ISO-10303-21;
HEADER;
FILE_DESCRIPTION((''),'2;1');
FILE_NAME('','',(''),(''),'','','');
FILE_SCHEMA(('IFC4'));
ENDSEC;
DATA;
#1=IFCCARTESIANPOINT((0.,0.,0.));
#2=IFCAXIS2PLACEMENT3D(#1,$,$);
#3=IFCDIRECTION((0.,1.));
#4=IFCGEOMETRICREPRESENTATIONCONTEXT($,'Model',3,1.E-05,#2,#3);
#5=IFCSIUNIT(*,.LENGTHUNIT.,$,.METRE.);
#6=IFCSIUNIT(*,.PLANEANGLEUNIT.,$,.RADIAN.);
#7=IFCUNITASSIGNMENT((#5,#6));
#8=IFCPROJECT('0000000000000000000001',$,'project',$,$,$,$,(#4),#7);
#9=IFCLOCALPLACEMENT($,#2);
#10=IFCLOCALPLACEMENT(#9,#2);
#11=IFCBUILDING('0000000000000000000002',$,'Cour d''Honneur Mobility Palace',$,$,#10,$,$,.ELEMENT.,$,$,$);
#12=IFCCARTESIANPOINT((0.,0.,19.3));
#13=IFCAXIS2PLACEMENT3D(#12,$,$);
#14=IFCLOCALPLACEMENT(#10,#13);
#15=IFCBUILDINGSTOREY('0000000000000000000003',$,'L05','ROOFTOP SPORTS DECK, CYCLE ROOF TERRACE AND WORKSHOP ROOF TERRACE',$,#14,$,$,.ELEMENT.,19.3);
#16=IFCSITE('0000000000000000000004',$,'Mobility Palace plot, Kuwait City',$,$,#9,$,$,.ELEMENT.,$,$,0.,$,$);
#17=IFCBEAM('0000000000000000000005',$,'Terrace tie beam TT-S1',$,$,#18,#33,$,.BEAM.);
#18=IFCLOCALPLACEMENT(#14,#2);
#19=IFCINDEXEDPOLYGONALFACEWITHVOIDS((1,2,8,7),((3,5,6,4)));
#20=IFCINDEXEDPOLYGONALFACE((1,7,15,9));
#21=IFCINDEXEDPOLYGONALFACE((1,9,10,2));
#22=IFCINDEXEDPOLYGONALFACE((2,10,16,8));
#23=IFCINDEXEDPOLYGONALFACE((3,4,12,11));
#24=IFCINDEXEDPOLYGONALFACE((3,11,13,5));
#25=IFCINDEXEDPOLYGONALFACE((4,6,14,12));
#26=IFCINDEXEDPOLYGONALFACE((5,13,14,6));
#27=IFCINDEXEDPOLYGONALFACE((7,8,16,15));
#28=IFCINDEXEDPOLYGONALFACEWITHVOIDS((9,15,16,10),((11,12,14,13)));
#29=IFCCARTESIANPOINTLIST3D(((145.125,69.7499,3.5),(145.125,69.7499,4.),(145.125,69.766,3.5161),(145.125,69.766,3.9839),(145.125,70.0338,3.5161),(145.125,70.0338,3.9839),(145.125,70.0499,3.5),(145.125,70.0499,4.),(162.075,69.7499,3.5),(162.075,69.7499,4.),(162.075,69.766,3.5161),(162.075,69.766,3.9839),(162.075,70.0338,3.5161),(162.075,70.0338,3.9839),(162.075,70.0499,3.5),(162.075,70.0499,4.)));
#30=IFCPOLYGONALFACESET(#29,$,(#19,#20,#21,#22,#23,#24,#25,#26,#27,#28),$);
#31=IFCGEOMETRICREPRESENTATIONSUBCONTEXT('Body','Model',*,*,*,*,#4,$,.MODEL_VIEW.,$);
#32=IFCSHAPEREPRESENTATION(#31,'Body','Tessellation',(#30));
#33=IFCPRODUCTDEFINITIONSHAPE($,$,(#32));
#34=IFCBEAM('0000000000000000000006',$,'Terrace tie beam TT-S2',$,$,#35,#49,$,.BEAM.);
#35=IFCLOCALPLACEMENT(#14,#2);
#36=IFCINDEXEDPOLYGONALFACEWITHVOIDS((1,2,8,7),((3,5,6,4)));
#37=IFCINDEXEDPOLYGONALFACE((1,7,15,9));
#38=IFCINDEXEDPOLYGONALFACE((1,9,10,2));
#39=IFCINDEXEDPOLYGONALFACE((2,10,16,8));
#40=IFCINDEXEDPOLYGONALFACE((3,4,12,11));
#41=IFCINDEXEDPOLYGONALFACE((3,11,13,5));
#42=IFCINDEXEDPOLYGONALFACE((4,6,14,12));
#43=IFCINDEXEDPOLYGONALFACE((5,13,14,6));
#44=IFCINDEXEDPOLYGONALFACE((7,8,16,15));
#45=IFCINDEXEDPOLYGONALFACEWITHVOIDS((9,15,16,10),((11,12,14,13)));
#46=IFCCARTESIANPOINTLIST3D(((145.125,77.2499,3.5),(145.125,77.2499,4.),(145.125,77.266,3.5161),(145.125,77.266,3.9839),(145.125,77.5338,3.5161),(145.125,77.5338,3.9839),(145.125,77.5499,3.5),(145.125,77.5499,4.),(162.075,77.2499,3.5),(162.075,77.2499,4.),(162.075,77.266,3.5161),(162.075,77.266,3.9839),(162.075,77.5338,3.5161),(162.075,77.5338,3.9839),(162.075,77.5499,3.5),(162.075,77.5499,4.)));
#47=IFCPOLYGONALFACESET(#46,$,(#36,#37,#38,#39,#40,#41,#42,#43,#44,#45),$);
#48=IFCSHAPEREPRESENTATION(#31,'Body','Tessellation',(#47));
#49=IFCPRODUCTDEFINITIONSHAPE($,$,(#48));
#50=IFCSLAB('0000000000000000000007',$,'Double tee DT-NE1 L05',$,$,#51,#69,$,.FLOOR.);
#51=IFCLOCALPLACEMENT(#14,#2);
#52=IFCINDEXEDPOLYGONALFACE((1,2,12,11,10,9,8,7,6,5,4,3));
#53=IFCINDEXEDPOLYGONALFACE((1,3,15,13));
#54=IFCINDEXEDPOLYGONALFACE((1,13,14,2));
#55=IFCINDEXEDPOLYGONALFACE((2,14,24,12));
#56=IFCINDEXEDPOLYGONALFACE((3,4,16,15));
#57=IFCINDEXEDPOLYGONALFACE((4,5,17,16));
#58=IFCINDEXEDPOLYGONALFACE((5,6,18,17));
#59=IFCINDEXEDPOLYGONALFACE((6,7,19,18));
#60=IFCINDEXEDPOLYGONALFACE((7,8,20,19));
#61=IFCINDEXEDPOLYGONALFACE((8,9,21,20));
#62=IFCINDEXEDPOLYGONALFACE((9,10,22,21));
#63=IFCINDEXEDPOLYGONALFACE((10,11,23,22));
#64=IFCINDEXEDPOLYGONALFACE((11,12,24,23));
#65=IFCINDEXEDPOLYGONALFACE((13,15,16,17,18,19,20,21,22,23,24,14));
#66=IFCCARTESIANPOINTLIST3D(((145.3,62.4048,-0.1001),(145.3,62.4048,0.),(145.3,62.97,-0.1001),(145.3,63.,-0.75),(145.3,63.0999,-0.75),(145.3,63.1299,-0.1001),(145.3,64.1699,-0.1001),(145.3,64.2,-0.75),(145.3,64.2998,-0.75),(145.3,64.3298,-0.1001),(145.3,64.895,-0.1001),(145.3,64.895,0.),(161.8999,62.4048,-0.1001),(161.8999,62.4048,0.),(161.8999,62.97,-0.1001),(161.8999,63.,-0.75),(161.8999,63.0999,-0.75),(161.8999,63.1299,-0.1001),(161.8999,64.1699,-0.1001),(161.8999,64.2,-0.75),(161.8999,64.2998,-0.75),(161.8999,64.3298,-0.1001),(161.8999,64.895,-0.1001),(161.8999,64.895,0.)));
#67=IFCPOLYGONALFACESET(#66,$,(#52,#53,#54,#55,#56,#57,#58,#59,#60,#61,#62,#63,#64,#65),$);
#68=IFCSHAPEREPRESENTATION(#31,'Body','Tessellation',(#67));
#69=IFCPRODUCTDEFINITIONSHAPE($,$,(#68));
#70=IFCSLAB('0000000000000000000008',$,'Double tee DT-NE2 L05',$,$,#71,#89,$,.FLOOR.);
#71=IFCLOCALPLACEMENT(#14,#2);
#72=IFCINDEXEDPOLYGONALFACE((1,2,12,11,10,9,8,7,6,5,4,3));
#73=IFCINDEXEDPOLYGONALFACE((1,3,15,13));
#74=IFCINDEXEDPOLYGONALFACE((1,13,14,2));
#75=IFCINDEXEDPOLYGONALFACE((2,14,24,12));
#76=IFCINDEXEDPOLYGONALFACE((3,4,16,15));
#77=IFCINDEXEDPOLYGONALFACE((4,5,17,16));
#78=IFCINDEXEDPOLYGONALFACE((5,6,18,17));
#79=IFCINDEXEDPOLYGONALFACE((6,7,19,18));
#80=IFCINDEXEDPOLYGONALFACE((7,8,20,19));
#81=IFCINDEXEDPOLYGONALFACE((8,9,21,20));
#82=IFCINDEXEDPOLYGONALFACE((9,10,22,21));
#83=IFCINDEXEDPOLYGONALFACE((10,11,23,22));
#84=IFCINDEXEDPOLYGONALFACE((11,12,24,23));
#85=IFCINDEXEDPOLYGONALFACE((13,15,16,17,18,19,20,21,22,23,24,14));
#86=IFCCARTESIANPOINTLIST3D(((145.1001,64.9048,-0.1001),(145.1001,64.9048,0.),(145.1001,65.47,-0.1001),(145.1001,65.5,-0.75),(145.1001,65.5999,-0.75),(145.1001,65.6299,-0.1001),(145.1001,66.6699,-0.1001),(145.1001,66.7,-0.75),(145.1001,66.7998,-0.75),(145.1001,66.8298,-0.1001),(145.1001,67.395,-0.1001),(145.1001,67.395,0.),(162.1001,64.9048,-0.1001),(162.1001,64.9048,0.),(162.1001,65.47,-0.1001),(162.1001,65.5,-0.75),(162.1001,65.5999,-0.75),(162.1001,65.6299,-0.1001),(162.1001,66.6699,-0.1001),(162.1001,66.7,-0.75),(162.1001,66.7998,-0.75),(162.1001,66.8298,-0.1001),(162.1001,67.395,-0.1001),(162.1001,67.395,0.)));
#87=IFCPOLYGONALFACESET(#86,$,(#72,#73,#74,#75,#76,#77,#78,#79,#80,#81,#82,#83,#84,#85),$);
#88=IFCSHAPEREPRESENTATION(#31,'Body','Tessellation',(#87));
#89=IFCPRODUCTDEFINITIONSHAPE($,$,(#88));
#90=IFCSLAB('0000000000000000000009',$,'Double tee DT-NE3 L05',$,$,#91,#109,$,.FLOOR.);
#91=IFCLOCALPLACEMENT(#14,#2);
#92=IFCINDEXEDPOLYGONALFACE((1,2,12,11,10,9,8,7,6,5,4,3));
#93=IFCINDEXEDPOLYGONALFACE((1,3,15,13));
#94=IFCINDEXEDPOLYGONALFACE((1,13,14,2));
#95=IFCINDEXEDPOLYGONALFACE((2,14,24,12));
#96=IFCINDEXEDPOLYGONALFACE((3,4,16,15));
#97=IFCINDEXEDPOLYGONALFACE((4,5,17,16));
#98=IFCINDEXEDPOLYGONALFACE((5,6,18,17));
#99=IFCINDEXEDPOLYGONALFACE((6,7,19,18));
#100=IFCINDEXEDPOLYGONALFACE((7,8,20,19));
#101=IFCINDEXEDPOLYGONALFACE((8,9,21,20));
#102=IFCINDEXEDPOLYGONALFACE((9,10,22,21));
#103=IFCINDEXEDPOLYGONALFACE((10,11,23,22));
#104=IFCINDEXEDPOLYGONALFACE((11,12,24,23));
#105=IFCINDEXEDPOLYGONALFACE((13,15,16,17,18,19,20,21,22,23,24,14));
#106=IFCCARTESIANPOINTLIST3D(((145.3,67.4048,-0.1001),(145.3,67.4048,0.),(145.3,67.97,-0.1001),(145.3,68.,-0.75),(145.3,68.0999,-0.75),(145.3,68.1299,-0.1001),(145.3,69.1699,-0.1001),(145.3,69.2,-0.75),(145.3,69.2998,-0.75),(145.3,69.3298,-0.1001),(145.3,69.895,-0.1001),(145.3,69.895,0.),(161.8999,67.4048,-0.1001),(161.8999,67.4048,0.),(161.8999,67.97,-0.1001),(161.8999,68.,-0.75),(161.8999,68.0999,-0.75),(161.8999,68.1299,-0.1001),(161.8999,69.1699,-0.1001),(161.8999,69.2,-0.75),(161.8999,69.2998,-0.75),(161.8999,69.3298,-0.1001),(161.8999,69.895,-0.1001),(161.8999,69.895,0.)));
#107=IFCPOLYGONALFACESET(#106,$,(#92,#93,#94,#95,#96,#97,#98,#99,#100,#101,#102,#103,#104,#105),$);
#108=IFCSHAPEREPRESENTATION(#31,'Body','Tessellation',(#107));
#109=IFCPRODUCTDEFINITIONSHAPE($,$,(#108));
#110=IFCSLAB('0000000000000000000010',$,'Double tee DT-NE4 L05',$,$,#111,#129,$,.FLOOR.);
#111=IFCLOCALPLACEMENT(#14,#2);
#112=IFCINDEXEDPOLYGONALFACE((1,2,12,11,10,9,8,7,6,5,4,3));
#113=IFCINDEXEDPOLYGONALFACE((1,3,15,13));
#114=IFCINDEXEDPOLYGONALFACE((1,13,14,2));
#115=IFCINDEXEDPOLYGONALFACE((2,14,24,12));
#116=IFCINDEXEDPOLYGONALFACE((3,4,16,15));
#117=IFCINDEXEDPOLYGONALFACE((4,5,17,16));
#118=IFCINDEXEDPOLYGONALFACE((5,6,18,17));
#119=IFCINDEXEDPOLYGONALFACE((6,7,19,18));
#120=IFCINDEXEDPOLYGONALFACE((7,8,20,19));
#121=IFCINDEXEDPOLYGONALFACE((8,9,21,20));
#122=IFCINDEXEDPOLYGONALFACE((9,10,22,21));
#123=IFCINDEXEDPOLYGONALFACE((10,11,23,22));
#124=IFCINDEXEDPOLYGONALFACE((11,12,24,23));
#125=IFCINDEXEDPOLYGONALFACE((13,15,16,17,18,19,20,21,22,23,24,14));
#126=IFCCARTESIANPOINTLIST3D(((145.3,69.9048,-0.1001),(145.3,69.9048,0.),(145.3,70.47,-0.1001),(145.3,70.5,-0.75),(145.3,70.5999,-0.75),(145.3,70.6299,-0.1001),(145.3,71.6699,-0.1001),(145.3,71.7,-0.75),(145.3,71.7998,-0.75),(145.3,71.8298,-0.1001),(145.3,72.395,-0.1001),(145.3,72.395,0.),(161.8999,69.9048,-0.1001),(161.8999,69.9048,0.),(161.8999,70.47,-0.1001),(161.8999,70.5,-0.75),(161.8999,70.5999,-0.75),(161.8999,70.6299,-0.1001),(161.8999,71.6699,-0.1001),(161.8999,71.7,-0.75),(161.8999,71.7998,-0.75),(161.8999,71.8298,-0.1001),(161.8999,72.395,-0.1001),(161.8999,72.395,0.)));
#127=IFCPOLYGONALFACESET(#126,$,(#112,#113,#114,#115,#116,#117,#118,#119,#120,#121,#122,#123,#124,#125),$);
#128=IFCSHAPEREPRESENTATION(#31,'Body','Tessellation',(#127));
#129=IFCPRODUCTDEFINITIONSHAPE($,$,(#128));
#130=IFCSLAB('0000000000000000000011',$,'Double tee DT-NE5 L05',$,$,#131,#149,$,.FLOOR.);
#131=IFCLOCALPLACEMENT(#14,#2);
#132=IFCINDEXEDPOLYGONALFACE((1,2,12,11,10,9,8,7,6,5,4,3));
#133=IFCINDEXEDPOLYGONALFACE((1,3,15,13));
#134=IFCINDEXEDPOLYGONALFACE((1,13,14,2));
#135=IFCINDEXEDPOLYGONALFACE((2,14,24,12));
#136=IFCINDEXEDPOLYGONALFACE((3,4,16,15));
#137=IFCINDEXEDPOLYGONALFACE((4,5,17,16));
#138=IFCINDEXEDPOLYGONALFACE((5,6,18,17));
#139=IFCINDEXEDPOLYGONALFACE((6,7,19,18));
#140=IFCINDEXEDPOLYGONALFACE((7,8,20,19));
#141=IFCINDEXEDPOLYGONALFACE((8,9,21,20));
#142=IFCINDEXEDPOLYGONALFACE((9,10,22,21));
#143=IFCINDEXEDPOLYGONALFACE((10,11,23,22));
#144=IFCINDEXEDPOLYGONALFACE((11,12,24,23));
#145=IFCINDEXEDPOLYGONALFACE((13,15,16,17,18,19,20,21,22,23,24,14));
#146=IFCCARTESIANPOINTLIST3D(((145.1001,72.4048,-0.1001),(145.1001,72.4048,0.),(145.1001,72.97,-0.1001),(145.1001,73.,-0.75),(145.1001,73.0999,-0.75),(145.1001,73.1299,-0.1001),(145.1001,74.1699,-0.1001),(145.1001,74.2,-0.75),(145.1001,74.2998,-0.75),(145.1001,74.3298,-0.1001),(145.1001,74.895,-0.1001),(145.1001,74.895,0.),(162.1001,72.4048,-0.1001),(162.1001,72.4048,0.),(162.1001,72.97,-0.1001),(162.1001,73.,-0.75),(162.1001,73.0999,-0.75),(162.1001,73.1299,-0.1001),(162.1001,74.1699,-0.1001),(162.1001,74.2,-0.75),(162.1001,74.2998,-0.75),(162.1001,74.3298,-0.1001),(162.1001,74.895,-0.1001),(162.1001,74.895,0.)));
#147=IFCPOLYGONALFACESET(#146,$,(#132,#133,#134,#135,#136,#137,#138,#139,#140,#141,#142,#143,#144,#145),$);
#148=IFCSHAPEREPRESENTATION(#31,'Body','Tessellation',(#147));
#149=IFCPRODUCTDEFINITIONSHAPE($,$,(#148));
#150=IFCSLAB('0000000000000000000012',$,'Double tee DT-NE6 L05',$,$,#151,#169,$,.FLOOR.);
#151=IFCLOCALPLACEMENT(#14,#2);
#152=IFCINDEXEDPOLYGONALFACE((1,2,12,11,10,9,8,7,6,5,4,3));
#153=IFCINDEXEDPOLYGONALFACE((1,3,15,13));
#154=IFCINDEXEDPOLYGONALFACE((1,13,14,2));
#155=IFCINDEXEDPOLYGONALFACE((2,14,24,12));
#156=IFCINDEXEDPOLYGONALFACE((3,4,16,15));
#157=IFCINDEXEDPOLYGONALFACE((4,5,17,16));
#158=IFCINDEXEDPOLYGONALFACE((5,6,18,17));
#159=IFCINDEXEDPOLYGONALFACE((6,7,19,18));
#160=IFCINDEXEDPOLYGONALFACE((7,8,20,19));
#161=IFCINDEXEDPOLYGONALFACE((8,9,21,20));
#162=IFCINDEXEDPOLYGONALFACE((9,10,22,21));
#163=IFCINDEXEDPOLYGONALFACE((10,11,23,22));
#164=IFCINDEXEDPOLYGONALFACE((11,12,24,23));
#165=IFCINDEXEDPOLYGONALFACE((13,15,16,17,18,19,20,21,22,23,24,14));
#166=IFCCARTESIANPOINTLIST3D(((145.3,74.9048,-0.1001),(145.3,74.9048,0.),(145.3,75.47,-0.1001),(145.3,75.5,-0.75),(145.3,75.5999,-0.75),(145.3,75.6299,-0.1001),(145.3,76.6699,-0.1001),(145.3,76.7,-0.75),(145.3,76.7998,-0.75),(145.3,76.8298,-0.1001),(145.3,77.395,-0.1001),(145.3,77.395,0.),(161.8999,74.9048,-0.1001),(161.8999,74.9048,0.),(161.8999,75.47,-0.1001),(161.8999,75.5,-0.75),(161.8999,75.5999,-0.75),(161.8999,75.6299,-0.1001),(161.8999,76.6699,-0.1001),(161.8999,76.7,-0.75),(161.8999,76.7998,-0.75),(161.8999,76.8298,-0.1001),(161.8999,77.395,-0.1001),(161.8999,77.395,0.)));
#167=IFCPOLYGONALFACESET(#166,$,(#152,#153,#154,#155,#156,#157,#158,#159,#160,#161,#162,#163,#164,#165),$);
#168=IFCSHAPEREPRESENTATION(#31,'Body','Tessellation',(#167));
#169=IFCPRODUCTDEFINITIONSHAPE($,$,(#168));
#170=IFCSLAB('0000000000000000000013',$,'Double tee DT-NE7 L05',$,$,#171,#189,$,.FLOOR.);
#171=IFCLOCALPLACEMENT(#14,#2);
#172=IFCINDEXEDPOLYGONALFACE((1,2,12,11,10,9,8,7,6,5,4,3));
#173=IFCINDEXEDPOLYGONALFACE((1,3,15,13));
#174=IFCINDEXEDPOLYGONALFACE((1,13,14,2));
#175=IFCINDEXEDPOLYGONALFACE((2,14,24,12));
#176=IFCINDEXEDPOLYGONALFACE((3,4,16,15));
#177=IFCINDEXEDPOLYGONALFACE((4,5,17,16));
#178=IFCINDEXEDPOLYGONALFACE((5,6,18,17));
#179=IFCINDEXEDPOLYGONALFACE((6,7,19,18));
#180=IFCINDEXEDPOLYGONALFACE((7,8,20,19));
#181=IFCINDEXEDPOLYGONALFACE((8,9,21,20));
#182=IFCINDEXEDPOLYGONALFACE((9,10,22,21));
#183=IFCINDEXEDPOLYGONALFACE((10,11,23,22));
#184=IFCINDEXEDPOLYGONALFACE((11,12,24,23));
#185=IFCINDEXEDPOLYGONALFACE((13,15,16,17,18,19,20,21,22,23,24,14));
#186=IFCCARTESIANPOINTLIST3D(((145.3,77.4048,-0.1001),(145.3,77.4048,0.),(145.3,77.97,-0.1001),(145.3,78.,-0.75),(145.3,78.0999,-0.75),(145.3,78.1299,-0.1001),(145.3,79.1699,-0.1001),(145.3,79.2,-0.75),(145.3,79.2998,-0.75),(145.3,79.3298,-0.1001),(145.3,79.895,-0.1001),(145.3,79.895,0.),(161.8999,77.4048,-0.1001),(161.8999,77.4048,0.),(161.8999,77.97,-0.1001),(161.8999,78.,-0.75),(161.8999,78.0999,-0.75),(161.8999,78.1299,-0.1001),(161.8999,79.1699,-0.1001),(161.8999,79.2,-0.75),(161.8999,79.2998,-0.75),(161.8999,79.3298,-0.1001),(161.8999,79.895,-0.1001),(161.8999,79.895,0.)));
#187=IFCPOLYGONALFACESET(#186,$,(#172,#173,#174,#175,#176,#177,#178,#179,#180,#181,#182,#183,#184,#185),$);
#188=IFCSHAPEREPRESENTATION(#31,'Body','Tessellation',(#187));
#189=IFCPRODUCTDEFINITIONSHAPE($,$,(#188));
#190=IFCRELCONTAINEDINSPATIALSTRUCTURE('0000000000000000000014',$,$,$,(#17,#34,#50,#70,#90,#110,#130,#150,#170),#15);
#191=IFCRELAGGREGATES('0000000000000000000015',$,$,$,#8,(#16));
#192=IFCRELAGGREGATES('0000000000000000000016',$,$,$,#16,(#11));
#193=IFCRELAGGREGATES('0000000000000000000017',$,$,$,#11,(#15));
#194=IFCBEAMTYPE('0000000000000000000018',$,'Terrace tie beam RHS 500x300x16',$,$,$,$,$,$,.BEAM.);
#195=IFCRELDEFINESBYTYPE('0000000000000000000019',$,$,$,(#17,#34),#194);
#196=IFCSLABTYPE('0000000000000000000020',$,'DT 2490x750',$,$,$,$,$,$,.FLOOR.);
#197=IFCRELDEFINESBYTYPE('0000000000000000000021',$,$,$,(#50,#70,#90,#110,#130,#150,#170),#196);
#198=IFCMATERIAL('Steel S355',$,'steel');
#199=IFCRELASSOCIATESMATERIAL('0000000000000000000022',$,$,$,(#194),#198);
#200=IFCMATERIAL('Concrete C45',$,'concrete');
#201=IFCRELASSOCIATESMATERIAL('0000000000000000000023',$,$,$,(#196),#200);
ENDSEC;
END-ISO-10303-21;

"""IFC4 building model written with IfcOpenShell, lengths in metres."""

from ifc_helpers import new_model, si_unit, direction, frame, origin, origin_2d, place, context, subcontext, project, spatial, polyline, hollow_rectangle, outline, extrude, material, material_profile, profile_set, type_object, element, save


model = new_model("IFC4")

# Units and contexts
model_context = context("Model", 3, precision=1e-05, world=origin(), true_north=direction((0.0, 1.0)))
body_context = subcontext(model_context, "Body", "Model", "MODEL_VIEW")
ifc_project = project(units=[si_unit("LENGTHUNIT", "METRE"), si_unit("PLANEANGLEUNIT", "RADIAN")], contexts=[model_context])

# Site, building, storey
site_placement = place(None, origin())
site = spatial("IfcSite", under=ifc_project, at=site_placement, Name="Mobility Palace plot, Kuwait City", CompositionType="ELEMENT", RefElevation=0.0)
building_placement = place(site_placement, origin())
building = spatial("IfcBuilding", under=site, at=building_placement, Name="Cour d'Honneur Mobility Palace", CompositionType="ELEMENT")
storey_placement = place(building_placement, frame((0.0, 0.0, 19.3)))
storey = spatial("IfcBuildingStorey", under=building, at=storey_placement, Name="L05", Description="ROOFTOP SPORTS DECK, CYCLE ROOF TERRACE AND WORKSHOP ROOF TERRACE", CompositionType="ELEMENT", Elevation=19.3)

# Beams
ifc_material_1 = material(Name="Steel S355", Category="steel")
ifc_material_profile_1 = material_profile(ifc_material_1, hollow_rectangle(XDim=0.3, YDim=0.5, WallThickness=0.0161, at=origin_2d()), Name="RHS 500x300x16")
ifc_profile_set_1 = profile_set([ifc_material_profile_1], Name="Steel S355")
beam_type_1 = type_object("IfcBeamType", Name="Terrace tie beam RHS 500x300x16", PredefinedType="BEAM", material=ifc_profile_set_1)
for number, where, z_axis, x_axis, name in (
    (1, (145.125, 69.8999, 3.75), (1.0, 0.0, 0.0), (0.0, 1.0, 0.0), "Terrace tie beam TT-S1"),
    (2, (145.125, 77.3999, 3.75), (1.0, 0.0, 0.0), (0.0, 1.0, 0.0), "Terrace tie beam TT-S2"),
):
    element("IfcBeam", number, at=place(storey_placement, frame(where, z_axis=z_axis, x_axis=x_axis)), inside=storey, type_object=beam_type_1, Name=name, PredefinedType="BEAM", context=body_context, shape_type="SweptSolid", body=[
        extrude(hollow_rectangle(XDim=0.3, YDim=0.5, WallThickness=0.0161, at=origin_2d()), origin(), (0.0, 0.0, 1.0), 16.95),
    ])

# Slabs
ifc_material_2 = material(Name="Concrete C45", Category="concrete")
ifc_material_profile_2 = material_profile(ifc_material_2, outline(polyline([(-1.2451, 0.0), (1.2451, 0.0), (1.2451, -0.1001), (0.6799, -0.1001), (0.6499, -0.75), (0.55, -0.75), (0.52, -0.1001), (-0.52, -0.1001), (-0.55, -0.75), (-0.6499, -0.75), (-0.6799, -0.1001), (-1.2451, -0.1001), (-1.2451, 0.0)])), Name="DT 2490x750")
ifc_profile_set_2 = profile_set([ifc_material_profile_2], Name="Concrete C45")
slab_type = type_object("IfcSlabType", Name="DT 2490x750", PredefinedType="FLOOR", material=ifc_profile_set_2)
slab_1_placement = place(storey_placement, frame((145.3, 63.6499, 0.0), z_axis=(1.0, 0.0, 0.0), x_axis=(0.0, 1.0, 0.0)))
element("IfcSlab", 3, at=slab_1_placement, inside=storey, type_object=slab_type, Name="Double tee DT-NE1 L05", PredefinedType="FLOOR", context=body_context, shape_type="SweptSolid", body=[
    extrude(outline(polyline([(-1.2451, 0.0), (1.2451, 0.0), (1.2451, -0.1001), (0.6799, -0.1001), (0.6499, -0.75), (0.55, -0.75), (0.52, -0.1001), (-0.52, -0.1001), (-0.55, -0.75), (-0.6499, -0.75), (-0.6799, -0.1001), (-1.2451, -0.1001), (-1.2451, 0.0)])), origin(), (0.0, 0.0, 1.0), 16.5999),
])
slab_2_placement = place(storey_placement, frame((145.1001, 66.1499, 0.0), z_axis=(1.0, 0.0, 0.0), x_axis=(0.0, 1.0, 0.0)))
element("IfcSlab", 4, at=slab_2_placement, inside=storey, type_object=slab_type, Name="Double tee DT-NE2 L05", PredefinedType="FLOOR", context=body_context, shape_type="SweptSolid", body=[
    extrude(outline(polyline([(-1.2451, 0.0), (1.2451, 0.0), (1.2451, -0.1001), (0.6799, -0.1001), (0.6499, -0.75), (0.55, -0.75), (0.52, -0.1001), (-0.52, -0.1001), (-0.55, -0.75), (-0.6499, -0.75), (-0.6799, -0.1001), (-1.2451, -0.1001), (-1.2451, 0.0)])), origin(), (0.0, 0.0, 1.0), 17.0),
])
for number, where, z_axis, x_axis, name in (
    (5, (145.3, 68.6499, 0.0), (1.0, 0.0, 0.0), (0.0, 1.0, 0.0), "Double tee DT-NE3 L05"),
    (6, (145.3, 71.1499, 0.0), (1.0, 0.0, 0.0), (0.0, 1.0, 0.0), "Double tee DT-NE4 L05"),
):
    element("IfcSlab", number, at=place(storey_placement, frame(where, z_axis=z_axis, x_axis=x_axis)), inside=storey, type_object=slab_type, Name=name, PredefinedType="FLOOR", context=body_context, shape_type="SweptSolid", body=[
        extrude(outline(polyline([(-1.2451, 0.0), (1.2451, 0.0), (1.2451, -0.1001), (0.6799, -0.1001), (0.6499, -0.75), (0.55, -0.75), (0.52, -0.1001), (-0.52, -0.1001), (-0.55, -0.75), (-0.6499, -0.75), (-0.6799, -0.1001), (-1.2451, -0.1001), (-1.2451, 0.0)])), origin(), (0.0, 0.0, 1.0), 16.5999),
    ])
slab_3_placement = place(storey_placement, frame((145.1001, 73.6499, 0.0), z_axis=(1.0, 0.0, 0.0), x_axis=(0.0, 1.0, 0.0)))
element("IfcSlab", 7, at=slab_3_placement, inside=storey, type_object=slab_type, Name="Double tee DT-NE5 L05", PredefinedType="FLOOR", context=body_context, shape_type="SweptSolid", body=[
    extrude(outline(polyline([(-1.2451, 0.0), (1.2451, 0.0), (1.2451, -0.1001), (0.6799, -0.1001), (0.6499, -0.75), (0.55, -0.75), (0.52, -0.1001), (-0.52, -0.1001), (-0.55, -0.75), (-0.6499, -0.75), (-0.6799, -0.1001), (-1.2451, -0.1001), (-1.2451, 0.0)])), origin(), (0.0, 0.0, 1.0), 17.0),
])
for number, where, z_axis, x_axis, name in (
    (8, (145.3, 76.1499, 0.0), (1.0, 0.0, 0.0), (0.0, 1.0, 0.0), "Double tee DT-NE6 L05"),
    (9, (145.3, 78.6499, 0.0), (1.0, 0.0, 0.0), (0.0, 1.0, 0.0), "Double tee DT-NE7 L05"),
):
    element("IfcSlab", number, at=place(storey_placement, frame(where, z_axis=z_axis, x_axis=x_axis)), inside=storey, type_object=slab_type, Name=name, PredefinedType="FLOOR", context=body_context, shape_type="SweptSolid", body=[
        extrude(outline(polyline([(-1.2451, 0.0), (1.2451, 0.0), (1.2451, -0.1001), (0.6799, -0.1001), (0.6499, -0.75), (0.55, -0.75), (0.52, -0.1001), (-0.52, -0.1001), (-0.55, -0.75), (-0.6499, -0.75), (-0.6799, -0.1001), (-1.2451, -0.1001), (-1.2451, 0.0)])), origin(), (0.0, 0.0, 1.0), 16.5999),
    ])

save(model, "model.ifc")
